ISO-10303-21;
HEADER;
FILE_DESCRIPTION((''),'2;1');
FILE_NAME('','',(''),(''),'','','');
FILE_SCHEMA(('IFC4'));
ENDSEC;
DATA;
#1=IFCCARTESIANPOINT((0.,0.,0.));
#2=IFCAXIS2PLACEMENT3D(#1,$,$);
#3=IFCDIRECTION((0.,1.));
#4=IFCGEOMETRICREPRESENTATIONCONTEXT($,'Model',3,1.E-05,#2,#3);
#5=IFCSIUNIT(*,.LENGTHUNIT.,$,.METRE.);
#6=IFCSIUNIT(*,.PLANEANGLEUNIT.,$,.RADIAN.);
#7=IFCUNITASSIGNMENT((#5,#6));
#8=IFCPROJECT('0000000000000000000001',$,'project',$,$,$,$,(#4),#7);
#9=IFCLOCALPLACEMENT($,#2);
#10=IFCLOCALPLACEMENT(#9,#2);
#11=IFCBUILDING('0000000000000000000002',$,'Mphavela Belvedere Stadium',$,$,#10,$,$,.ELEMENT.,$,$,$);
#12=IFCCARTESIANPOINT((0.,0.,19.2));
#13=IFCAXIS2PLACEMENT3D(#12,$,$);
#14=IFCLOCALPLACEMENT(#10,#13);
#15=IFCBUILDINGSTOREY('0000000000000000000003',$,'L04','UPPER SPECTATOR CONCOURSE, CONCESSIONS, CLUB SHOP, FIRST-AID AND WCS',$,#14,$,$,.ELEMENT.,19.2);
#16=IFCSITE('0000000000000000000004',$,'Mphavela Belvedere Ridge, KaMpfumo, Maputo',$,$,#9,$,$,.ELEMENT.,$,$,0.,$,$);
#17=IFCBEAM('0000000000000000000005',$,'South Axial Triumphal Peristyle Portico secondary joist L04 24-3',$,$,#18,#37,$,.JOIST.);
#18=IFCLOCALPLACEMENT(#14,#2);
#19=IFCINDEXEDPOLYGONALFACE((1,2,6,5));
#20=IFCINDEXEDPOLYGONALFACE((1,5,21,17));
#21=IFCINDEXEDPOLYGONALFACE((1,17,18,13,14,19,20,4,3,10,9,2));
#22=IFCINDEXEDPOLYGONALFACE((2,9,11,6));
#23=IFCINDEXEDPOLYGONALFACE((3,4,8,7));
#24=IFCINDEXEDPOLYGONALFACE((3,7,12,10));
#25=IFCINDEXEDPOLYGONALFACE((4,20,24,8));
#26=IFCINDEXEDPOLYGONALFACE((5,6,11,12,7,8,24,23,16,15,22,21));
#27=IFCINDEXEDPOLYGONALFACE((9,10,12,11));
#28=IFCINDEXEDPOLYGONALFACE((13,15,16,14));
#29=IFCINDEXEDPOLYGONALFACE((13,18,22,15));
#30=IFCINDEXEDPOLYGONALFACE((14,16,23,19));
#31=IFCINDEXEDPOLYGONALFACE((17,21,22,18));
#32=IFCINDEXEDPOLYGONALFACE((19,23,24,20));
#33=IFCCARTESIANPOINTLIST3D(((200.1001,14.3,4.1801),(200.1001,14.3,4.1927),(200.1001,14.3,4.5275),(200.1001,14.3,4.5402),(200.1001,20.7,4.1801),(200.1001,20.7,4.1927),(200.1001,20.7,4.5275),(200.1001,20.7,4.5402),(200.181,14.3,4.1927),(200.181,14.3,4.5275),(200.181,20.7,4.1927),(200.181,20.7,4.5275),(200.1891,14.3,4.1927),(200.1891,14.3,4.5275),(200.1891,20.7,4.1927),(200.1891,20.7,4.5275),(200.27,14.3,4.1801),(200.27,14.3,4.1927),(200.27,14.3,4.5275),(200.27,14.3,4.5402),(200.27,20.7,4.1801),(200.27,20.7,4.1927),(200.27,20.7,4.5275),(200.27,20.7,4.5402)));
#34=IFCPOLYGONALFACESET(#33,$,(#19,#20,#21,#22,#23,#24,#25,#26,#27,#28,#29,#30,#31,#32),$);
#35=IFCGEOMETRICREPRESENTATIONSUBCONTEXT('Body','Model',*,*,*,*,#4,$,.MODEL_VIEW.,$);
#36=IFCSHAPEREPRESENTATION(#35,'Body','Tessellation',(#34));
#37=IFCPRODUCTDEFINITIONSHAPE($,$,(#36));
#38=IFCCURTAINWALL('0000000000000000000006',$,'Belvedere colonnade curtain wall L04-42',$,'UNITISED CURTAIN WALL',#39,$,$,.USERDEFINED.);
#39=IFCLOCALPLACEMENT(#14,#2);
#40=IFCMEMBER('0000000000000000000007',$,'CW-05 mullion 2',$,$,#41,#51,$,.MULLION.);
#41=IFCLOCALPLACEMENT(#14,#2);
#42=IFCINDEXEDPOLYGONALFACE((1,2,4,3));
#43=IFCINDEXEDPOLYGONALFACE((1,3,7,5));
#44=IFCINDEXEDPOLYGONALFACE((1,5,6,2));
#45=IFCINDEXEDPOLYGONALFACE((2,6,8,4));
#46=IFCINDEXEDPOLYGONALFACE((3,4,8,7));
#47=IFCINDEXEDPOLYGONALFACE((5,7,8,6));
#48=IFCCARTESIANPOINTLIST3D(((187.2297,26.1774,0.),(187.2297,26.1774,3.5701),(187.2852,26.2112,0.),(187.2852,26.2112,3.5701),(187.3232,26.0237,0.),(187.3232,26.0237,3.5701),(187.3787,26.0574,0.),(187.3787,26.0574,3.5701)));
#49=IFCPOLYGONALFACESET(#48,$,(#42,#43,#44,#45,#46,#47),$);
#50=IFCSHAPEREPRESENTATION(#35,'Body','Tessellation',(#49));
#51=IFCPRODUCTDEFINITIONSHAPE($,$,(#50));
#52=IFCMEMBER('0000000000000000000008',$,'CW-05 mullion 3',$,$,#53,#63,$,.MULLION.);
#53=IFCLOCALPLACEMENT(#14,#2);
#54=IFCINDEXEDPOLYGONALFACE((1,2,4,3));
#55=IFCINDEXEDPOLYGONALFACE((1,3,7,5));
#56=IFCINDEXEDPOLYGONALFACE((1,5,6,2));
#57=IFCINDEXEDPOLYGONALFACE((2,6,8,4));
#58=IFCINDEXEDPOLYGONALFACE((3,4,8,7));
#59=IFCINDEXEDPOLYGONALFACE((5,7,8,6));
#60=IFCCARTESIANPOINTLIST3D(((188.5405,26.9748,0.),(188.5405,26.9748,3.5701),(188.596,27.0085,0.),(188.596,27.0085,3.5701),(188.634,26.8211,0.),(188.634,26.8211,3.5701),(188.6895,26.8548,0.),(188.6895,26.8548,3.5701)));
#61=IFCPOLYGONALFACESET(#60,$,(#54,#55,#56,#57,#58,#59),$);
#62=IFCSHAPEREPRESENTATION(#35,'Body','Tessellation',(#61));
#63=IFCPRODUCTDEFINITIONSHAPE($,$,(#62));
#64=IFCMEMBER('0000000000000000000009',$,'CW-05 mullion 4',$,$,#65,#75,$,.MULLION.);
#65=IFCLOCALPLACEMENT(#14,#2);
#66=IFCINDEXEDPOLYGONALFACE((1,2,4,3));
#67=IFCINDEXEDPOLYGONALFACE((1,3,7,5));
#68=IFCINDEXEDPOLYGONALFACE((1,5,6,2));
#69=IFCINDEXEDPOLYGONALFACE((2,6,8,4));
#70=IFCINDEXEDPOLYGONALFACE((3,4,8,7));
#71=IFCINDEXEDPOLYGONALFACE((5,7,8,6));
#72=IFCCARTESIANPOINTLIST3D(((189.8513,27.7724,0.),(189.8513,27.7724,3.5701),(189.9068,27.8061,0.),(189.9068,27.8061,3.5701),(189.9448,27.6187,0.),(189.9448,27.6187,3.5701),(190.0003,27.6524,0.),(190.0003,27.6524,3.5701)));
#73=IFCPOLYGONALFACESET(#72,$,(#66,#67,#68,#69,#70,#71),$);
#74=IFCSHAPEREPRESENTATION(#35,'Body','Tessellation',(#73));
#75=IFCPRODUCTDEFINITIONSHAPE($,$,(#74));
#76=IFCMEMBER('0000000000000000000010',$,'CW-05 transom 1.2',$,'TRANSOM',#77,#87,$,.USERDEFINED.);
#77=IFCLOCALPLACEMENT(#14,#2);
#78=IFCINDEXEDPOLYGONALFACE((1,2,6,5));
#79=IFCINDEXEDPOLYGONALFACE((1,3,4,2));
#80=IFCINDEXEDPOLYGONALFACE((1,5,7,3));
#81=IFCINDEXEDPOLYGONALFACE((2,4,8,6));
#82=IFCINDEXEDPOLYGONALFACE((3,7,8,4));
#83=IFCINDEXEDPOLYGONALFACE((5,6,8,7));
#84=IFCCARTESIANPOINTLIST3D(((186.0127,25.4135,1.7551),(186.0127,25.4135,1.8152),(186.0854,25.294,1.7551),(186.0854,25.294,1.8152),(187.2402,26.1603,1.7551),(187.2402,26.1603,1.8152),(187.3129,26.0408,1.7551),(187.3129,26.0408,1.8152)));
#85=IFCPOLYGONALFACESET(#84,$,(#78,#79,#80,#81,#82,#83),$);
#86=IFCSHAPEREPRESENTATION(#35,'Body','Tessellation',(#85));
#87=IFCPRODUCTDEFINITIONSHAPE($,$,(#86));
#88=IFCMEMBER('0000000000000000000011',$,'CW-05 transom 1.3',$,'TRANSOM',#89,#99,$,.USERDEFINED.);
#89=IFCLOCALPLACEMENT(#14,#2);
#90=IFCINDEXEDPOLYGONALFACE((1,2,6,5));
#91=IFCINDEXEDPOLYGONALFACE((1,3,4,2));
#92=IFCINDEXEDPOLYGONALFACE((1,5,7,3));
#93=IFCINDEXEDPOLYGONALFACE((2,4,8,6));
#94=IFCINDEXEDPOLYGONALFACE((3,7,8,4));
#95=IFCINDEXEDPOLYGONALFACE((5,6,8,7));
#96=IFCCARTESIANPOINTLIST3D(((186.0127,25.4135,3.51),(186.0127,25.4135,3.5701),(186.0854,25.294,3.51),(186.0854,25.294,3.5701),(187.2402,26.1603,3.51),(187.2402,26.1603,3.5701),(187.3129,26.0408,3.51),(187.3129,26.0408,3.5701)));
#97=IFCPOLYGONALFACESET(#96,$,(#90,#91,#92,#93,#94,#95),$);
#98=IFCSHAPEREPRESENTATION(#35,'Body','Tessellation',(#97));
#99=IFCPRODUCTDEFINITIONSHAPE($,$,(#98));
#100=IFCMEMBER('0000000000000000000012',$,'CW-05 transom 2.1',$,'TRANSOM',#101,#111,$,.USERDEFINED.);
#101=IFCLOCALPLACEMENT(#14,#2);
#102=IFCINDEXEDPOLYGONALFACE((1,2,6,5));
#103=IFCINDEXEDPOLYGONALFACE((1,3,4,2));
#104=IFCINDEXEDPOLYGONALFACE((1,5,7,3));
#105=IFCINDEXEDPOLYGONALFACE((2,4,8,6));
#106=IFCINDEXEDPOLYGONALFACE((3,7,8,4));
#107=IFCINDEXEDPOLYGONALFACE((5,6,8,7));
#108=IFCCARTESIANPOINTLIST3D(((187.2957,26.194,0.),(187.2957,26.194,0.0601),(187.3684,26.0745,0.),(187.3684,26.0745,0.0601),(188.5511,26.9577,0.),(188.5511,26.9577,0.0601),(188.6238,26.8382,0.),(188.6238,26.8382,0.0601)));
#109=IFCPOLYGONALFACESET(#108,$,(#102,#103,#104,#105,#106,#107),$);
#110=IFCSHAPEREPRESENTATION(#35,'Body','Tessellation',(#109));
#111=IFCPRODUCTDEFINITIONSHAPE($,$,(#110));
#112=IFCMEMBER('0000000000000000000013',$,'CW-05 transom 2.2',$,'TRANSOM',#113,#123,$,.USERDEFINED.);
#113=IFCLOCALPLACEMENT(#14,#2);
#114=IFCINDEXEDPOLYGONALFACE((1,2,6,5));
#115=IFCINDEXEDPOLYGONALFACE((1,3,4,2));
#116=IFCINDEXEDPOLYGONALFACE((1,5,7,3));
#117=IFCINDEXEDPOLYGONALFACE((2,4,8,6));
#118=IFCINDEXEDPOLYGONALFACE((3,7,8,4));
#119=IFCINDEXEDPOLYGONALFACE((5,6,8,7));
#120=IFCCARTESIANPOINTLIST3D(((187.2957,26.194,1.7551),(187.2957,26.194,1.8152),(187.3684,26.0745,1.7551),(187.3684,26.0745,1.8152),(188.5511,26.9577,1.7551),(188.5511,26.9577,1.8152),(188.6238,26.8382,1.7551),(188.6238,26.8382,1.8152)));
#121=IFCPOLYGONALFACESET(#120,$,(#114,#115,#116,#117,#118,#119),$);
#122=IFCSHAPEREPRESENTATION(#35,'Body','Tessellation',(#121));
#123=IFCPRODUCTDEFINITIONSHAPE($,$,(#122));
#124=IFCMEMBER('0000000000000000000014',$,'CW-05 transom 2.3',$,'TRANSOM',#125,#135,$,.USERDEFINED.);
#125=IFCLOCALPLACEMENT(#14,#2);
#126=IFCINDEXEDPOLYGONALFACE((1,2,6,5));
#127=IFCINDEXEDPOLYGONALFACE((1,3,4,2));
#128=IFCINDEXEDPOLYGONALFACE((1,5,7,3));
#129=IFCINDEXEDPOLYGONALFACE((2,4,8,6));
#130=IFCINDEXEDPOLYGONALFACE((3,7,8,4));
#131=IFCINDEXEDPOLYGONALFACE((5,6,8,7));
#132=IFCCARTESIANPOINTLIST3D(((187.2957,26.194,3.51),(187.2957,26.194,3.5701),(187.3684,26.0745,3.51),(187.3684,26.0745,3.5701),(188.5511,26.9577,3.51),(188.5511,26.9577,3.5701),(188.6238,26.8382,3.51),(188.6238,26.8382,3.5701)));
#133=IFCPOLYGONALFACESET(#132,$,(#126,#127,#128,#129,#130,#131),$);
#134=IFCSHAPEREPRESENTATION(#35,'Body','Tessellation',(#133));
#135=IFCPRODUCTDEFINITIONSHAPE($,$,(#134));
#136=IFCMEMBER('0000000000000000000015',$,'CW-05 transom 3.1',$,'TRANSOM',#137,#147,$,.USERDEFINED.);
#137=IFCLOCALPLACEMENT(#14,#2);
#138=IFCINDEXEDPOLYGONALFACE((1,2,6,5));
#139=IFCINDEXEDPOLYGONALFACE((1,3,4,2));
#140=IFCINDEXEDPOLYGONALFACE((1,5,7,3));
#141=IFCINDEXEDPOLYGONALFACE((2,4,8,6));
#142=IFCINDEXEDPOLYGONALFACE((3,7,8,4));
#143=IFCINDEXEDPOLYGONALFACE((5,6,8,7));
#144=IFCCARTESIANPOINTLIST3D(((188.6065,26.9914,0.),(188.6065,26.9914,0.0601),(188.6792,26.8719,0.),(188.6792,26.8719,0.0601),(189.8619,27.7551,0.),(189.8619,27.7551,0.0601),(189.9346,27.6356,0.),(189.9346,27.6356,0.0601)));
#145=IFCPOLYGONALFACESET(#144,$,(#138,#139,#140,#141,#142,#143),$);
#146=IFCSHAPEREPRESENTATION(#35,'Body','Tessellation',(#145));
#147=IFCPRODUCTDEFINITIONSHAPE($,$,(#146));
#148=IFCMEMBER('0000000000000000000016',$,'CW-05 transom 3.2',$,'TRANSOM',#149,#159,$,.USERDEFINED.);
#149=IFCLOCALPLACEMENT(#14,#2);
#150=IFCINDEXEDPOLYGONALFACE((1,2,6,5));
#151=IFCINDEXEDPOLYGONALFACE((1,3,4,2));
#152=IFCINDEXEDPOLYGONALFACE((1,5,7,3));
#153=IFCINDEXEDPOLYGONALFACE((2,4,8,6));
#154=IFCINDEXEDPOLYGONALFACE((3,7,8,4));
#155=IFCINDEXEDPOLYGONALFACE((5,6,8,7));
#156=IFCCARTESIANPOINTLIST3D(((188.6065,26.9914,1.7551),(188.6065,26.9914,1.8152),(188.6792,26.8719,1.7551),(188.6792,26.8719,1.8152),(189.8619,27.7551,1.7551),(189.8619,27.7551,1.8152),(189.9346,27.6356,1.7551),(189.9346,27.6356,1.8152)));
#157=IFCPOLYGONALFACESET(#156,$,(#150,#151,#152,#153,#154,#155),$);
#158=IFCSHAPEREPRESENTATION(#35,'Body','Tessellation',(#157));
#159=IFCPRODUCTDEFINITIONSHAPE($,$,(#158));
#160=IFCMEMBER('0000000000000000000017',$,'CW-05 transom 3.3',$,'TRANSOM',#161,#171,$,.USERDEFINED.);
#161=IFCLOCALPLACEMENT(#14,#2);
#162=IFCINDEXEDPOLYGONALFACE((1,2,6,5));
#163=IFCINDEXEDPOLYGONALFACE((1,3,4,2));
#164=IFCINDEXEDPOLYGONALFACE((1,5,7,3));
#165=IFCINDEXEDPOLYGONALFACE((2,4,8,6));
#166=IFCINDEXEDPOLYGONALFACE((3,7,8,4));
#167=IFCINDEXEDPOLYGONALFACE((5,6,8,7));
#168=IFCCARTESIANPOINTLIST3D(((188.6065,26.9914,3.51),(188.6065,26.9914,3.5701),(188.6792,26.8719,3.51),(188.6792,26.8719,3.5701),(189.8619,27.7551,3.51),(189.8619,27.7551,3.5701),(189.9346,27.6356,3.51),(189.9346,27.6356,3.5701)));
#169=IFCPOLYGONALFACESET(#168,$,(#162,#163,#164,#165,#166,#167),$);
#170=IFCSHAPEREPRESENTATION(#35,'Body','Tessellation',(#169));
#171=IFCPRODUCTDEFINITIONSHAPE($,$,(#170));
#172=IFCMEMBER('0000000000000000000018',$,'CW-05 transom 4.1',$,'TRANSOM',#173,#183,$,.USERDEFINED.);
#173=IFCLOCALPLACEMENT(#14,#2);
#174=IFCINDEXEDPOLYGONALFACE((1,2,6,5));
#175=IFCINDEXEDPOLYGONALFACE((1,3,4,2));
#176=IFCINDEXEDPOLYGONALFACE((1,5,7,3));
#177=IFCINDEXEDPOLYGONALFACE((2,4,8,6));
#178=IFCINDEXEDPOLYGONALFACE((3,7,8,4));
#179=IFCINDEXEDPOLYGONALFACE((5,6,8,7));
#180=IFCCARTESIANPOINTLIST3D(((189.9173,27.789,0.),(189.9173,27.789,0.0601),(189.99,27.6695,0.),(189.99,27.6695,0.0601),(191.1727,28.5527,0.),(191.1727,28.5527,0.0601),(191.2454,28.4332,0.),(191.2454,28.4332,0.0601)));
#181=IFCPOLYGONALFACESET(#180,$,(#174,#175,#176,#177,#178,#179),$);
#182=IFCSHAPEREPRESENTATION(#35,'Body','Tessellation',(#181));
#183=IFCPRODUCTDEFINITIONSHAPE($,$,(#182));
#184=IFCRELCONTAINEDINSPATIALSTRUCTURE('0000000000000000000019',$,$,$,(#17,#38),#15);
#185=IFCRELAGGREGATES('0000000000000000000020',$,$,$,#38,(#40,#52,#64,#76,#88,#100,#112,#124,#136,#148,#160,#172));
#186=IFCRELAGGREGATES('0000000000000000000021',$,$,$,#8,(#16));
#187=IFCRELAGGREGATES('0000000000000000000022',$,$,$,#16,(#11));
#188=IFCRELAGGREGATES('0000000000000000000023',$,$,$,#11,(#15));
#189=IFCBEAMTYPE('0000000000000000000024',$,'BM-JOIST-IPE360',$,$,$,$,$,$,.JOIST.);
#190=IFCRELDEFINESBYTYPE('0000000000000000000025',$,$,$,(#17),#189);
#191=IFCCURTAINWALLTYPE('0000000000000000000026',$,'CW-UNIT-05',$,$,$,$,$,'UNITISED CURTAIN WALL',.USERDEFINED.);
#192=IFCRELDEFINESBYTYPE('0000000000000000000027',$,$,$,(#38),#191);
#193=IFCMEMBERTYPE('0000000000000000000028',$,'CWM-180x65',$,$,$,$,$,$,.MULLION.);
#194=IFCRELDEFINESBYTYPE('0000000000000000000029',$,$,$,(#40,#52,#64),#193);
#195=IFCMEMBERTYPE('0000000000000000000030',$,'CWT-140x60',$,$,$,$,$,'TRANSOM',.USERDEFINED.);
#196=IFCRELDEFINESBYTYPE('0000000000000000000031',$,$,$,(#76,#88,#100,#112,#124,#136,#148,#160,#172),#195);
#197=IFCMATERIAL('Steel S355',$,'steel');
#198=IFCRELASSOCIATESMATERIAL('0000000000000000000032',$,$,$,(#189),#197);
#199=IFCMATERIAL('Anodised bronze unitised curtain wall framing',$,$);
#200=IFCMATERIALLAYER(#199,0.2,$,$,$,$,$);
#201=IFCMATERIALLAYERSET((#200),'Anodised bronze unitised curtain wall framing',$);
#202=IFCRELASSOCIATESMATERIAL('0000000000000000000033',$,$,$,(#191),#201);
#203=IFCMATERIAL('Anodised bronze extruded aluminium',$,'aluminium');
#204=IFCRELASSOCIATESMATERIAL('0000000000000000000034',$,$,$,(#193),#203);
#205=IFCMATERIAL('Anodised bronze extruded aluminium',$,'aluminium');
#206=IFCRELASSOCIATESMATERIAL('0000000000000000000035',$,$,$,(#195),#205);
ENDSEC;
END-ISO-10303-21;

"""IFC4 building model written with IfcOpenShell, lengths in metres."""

from ifc_helpers import new_model, si_unit, direction, frame, origin, origin_2d, place, context, subcontext, project, spatial, rectangle, i_section, extrude, material, layer, layer_set, material_profile, profile_set, type_object, element, aggregate, save


model = new_model("IFC4")

# Units and contexts
model_context = context("Model", 3, precision=1e-05, world=origin(), true_north=direction((0.0, 1.0)))
body_context = subcontext(model_context, "Body", "Model", "MODEL_VIEW")
ifc_project = project(units=[si_unit("LENGTHUNIT", "METRE"), si_unit("PLANEANGLEUNIT", "RADIAN")], contexts=[model_context])

# Site, building, storey
site_placement = place(None, origin())
site = spatial("IfcSite", under=ifc_project, at=site_placement, Name="Mphavela Belvedere Ridge, KaMpfumo, Maputo", CompositionType="ELEMENT", RefElevation=0.0)
building_placement = place(site_placement, origin())
building = spatial("IfcBuilding", under=site, at=building_placement, Name="Mphavela Belvedere Stadium", CompositionType="ELEMENT")
storey_placement = place(building_placement, frame((0.0, 0.0, 19.2)))
storey = spatial("IfcBuildingStorey", under=building, at=storey_placement, Name="L04", Description="UPPER SPECTATOR CONCOURSE, CONCESSIONS, CLUB SHOP, FIRST-AID AND WCS", CompositionType="ELEMENT", Elevation=19.2)

# Beam
ifc_material_1 = material(Name="Steel S355", Category="steel")
ifc_material_profile_1 = material_profile(ifc_material_1, i_section(OverallWidth=0.1699, OverallDepth=0.3601, WebThickness=0.0081, FlangeThickness=0.0127, at=origin_2d()), Name="IPE 360")
ifc_profile_set_1 = profile_set([ifc_material_profile_1], Name="Steel S355")
beam_type_1 = type_object("IfcBeamType", Name="BM-JOIST-IPE360", PredefinedType="JOIST", material=ifc_profile_set_1)
beam_1_placement = place(storey_placement, frame((200.1851, 14.3, 4.3601), z_axis=(0.0, 1.0, 0.0), x_axis=(-1.0, 0.0, 0.0)))
element("IfcBeam", 1, at=beam_1_placement, inside=storey, type_object=beam_type_1, Name="South Axial Triumphal Peristyle Portico secondary joist L04 24-3", PredefinedType="JOIST", context=body_context, shape_type="SweptSolid", body=[
    extrude(i_section(OverallWidth=0.1699, OverallDepth=0.3601, WebThickness=0.0081, FlangeThickness=0.0127, at=origin_2d()), origin(), (0.0, 0.0, 1.0), 6.3999),
])

# Curtain wall, members
ifc_material_2 = material(Name="Anodised bronze unitised curtain wall framing")
ifc_layer_1 = layer(ifc_material_2, 0.2)
ifc_layer_set_1 = layer_set([ifc_layer_1], Name="Anodised bronze unitised curtain wall framing")
curtain_wall_type = type_object("IfcCurtainWallType", Name="CW-UNIT-05", ElementType="UNITISED CURTAIN WALL", PredefinedType="USERDEFINED", material=ifc_layer_set_1)
curtain_wall_placement = place(storey_placement, origin())
curtain_wall = element("IfcCurtainWall", 2, at=curtain_wall_placement, inside=storey, type_object=curtain_wall_type, Name="Belvedere colonnade curtain wall L04-42", ObjectType="UNITISED CURTAIN WALL", PredefinedType="USERDEFINED")
ifc_material_3 = material(Name="Anodised bronze extruded aluminium", Category="aluminium")
ifc_material_profile_2 = material_profile(ifc_material_3, rectangle(XDim=0.1799, YDim=0.0649, at=origin_2d()), Name="CW-MUL 180x65")
ifc_profile_set_2 = profile_set([ifc_material_profile_2], Name="Anodised bronze extruded aluminium")
member_type_1 = type_object("IfcMemberType", Name="CWM-180x65", PredefinedType="MULLION", material=ifc_profile_set_2)
member_1_placement = place(storey_placement, frame((187.3042, 26.1174, 0.0), z_axis=(0.0, 0.0, 1.0), x_axis=(-0.519735, 0.854327, 0.0)))
member_1 = element("IfcMember", 3, at=member_1_placement, type_object=member_type_1, Name="CW-05 mullion 2", PredefinedType="MULLION", context=body_context, shape_type="SweptSolid", body=[
    extrude(rectangle(XDim=0.1799, YDim=0.0649, at=origin_2d()), origin(), (0.0, 0.0, 1.0), 3.5701),
])
member_2_placement = place(storey_placement, frame((188.615, 26.9148, 0.0), z_axis=(0.0, 0.0, 1.0), x_axis=(-0.519735, 0.854327, 0.0)))
member_2 = element("IfcMember", 4, at=member_2_placement, type_object=member_type_1, Name="CW-05 mullion 3", PredefinedType="MULLION", context=body_context, shape_type="SweptSolid", body=[
    extrude(rectangle(XDim=0.1799, YDim=0.0649, at=origin_2d()), origin(), (0.0, 0.0, 1.0), 3.5701),
])
member_3_placement = place(storey_placement, frame((189.9258, 27.7124, 0.0), z_axis=(0.0, 0.0, 1.0), x_axis=(-0.519735, 0.854327, 0.0)))
member_3 = element("IfcMember", 5, at=member_3_placement, type_object=member_type_1, Name="CW-05 mullion 4", PredefinedType="MULLION", context=body_context, shape_type="SweptSolid", body=[
    extrude(rectangle(XDim=0.1799, YDim=0.0649, at=origin_2d()), origin(), (0.0, 0.0, 1.0), 3.5701),
])
ifc_material_4 = material(Name="Anodised bronze extruded aluminium", Category="aluminium")
ifc_material_profile_3 = material_profile(ifc_material_4, rectangle(XDim=0.1399, YDim=0.0601, at=origin_2d()), Name="CW-TRN 140x60")
ifc_profile_set_3 = profile_set([ifc_material_profile_3], Name="Anodised bronze extruded aluminium")
member_type_2 = type_object("IfcMemberType", Name="CWT-140x60", ElementType="TRANSOM", PredefinedType="USERDEFINED", material=ifc_profile_set_3)
member_4_placement = place(storey_placement, frame((186.0491, 25.3538, 1.7852), z_axis=(0.854313, 0.519758, 0.0), x_axis=(-0.519758, 0.854313, 0.0)))
member_4 = element("IfcMember", 6, at=member_4_placement, type_object=member_type_2, Name="CW-05 transom 1.2", ObjectType="TRANSOM", PredefinedType="USERDEFINED", context=body_context, shape_type="SweptSolid", body=[
    extrude(rectangle(XDim=0.1399, YDim=0.0601, at=origin_2d()), origin(), (0.0, 0.0, 1.0), 1.4368),
])
member_5_placement = place(storey_placement, frame((186.0491, 25.3538, 3.54), z_axis=(0.854313, 0.519758, 0.0), x_axis=(-0.519758, 0.854313, 0.0)))
member_5 = element("IfcMember", 7, at=member_5_placement, type_object=member_type_2, Name="CW-05 transom 1.3", ObjectType="TRANSOM", PredefinedType="USERDEFINED", context=body_context, shape_type="SweptSolid", body=[
    extrude(rectangle(XDim=0.1399, YDim=0.0601, at=origin_2d()), origin(), (0.0, 0.0, 1.0), 1.4368),
])
member_6_placement = place(storey_placement, frame((187.332, 26.1343, 0.03), z_axis=(0.85434, 0.519715, 0.0), x_axis=(-0.519715, 0.85434, 0.0)))
member_6 = element("IfcMember", 8, at=member_6_placement, type_object=member_type_2, Name="CW-05 transom 2.1", ObjectType="TRANSOM", PredefinedType="USERDEFINED", context=body_context, shape_type="SweptSolid", body=[
    extrude(rectangle(XDim=0.1399, YDim=0.0601, at=origin_2d()), origin(), (0.0, 0.0, 1.0), 1.4695),
])
member_7_placement = place(storey_placement, frame((187.332, 26.1343, 1.7852), z_axis=(0.85434, 0.519715, 0.0), x_axis=(-0.519715, 0.85434, 0.0)))
member_7 = element("IfcMember", 9, at=member_7_placement, type_object=member_type_2, Name="CW-05 transom 2.2", ObjectType="TRANSOM", PredefinedType="USERDEFINED", context=body_context, shape_type="SweptSolid", body=[
    extrude(rectangle(XDim=0.1399, YDim=0.0601, at=origin_2d()), origin(), (0.0, 0.0, 1.0), 1.4695),
])
member_8_placement = place(storey_placement, frame((187.332, 26.1343, 3.54), z_axis=(0.85434, 0.519715, 0.0), x_axis=(-0.519715, 0.85434, 0.0)))
member_8 = element("IfcMember", 10, at=member_8_placement, type_object=member_type_2, Name="CW-05 transom 2.3", ObjectType="TRANSOM", PredefinedType="USERDEFINED", context=body_context, shape_type="SweptSolid", body=[
    extrude(rectangle(XDim=0.1399, YDim=0.0601, at=origin_2d()), origin(), (0.0, 0.0, 1.0), 1.4695),
])
member_9_placement = place(storey_placement, frame((188.6428, 26.9316, 0.03), z_axis=(0.85434, 0.519715, 0.0), x_axis=(-0.519715, 0.85434, 0.0)))
member_9 = element("IfcMember", 11, at=member_9_placement, type_object=member_type_2, Name="CW-05 transom 3.1", ObjectType="TRANSOM", PredefinedType="USERDEFINED", context=body_context, shape_type="SweptSolid", body=[
    extrude(rectangle(XDim=0.1399, YDim=0.0601, at=origin_2d()), origin(), (0.0, 0.0, 1.0), 1.4695),
])
member_10_placement = place(storey_placement, frame((188.6428, 26.9316, 1.7852), z_axis=(0.85434, 0.519715, 0.0), x_axis=(-0.519715, 0.85434, 0.0)))
member_10 = element("IfcMember", 12, at=member_10_placement, type_object=member_type_2, Name="CW-05 transom 3.2", ObjectType="TRANSOM", PredefinedType="USERDEFINED", context=body_context, shape_type="SweptSolid", body=[
    extrude(rectangle(XDim=0.1399, YDim=0.0601, at=origin_2d()), origin(), (0.0, 0.0, 1.0), 1.4695),
])
member_11_placement = place(storey_placement, frame((188.6428, 26.9316, 3.54), z_axis=(0.85434, 0.519715, 0.0), x_axis=(-0.519715, 0.85434, 0.0)))
member_11 = element("IfcMember", 13, at=member_11_placement, type_object=member_type_2, Name="CW-05 transom 3.3", ObjectType="TRANSOM", PredefinedType="USERDEFINED", context=body_context, shape_type="SweptSolid", body=[
    extrude(rectangle(XDim=0.1399, YDim=0.0601, at=origin_2d()), origin(), (0.0, 0.0, 1.0), 1.4695),
])
member_12_placement = place(storey_placement, frame((189.9536, 27.7292, 0.03), z_axis=(0.85434, 0.519715, 0.0), x_axis=(-0.519715, 0.85434, 0.0)))
member_12 = element("IfcMember", 14, at=member_12_placement, type_object=member_type_2, Name="CW-05 transom 4.1", ObjectType="TRANSOM", PredefinedType="USERDEFINED", context=body_context, shape_type="SweptSolid", body=[
    extrude(rectangle(XDim=0.1399, YDim=0.0601, at=origin_2d()), origin(), (0.0, 0.0, 1.0), 1.4695),
])
aggregate(curtain_wall, [member_1, member_2, member_3, member_4, member_5, member_6, member_7, member_8, member_9, member_10, member_11, member_12])

save(model, "model.ifc")
